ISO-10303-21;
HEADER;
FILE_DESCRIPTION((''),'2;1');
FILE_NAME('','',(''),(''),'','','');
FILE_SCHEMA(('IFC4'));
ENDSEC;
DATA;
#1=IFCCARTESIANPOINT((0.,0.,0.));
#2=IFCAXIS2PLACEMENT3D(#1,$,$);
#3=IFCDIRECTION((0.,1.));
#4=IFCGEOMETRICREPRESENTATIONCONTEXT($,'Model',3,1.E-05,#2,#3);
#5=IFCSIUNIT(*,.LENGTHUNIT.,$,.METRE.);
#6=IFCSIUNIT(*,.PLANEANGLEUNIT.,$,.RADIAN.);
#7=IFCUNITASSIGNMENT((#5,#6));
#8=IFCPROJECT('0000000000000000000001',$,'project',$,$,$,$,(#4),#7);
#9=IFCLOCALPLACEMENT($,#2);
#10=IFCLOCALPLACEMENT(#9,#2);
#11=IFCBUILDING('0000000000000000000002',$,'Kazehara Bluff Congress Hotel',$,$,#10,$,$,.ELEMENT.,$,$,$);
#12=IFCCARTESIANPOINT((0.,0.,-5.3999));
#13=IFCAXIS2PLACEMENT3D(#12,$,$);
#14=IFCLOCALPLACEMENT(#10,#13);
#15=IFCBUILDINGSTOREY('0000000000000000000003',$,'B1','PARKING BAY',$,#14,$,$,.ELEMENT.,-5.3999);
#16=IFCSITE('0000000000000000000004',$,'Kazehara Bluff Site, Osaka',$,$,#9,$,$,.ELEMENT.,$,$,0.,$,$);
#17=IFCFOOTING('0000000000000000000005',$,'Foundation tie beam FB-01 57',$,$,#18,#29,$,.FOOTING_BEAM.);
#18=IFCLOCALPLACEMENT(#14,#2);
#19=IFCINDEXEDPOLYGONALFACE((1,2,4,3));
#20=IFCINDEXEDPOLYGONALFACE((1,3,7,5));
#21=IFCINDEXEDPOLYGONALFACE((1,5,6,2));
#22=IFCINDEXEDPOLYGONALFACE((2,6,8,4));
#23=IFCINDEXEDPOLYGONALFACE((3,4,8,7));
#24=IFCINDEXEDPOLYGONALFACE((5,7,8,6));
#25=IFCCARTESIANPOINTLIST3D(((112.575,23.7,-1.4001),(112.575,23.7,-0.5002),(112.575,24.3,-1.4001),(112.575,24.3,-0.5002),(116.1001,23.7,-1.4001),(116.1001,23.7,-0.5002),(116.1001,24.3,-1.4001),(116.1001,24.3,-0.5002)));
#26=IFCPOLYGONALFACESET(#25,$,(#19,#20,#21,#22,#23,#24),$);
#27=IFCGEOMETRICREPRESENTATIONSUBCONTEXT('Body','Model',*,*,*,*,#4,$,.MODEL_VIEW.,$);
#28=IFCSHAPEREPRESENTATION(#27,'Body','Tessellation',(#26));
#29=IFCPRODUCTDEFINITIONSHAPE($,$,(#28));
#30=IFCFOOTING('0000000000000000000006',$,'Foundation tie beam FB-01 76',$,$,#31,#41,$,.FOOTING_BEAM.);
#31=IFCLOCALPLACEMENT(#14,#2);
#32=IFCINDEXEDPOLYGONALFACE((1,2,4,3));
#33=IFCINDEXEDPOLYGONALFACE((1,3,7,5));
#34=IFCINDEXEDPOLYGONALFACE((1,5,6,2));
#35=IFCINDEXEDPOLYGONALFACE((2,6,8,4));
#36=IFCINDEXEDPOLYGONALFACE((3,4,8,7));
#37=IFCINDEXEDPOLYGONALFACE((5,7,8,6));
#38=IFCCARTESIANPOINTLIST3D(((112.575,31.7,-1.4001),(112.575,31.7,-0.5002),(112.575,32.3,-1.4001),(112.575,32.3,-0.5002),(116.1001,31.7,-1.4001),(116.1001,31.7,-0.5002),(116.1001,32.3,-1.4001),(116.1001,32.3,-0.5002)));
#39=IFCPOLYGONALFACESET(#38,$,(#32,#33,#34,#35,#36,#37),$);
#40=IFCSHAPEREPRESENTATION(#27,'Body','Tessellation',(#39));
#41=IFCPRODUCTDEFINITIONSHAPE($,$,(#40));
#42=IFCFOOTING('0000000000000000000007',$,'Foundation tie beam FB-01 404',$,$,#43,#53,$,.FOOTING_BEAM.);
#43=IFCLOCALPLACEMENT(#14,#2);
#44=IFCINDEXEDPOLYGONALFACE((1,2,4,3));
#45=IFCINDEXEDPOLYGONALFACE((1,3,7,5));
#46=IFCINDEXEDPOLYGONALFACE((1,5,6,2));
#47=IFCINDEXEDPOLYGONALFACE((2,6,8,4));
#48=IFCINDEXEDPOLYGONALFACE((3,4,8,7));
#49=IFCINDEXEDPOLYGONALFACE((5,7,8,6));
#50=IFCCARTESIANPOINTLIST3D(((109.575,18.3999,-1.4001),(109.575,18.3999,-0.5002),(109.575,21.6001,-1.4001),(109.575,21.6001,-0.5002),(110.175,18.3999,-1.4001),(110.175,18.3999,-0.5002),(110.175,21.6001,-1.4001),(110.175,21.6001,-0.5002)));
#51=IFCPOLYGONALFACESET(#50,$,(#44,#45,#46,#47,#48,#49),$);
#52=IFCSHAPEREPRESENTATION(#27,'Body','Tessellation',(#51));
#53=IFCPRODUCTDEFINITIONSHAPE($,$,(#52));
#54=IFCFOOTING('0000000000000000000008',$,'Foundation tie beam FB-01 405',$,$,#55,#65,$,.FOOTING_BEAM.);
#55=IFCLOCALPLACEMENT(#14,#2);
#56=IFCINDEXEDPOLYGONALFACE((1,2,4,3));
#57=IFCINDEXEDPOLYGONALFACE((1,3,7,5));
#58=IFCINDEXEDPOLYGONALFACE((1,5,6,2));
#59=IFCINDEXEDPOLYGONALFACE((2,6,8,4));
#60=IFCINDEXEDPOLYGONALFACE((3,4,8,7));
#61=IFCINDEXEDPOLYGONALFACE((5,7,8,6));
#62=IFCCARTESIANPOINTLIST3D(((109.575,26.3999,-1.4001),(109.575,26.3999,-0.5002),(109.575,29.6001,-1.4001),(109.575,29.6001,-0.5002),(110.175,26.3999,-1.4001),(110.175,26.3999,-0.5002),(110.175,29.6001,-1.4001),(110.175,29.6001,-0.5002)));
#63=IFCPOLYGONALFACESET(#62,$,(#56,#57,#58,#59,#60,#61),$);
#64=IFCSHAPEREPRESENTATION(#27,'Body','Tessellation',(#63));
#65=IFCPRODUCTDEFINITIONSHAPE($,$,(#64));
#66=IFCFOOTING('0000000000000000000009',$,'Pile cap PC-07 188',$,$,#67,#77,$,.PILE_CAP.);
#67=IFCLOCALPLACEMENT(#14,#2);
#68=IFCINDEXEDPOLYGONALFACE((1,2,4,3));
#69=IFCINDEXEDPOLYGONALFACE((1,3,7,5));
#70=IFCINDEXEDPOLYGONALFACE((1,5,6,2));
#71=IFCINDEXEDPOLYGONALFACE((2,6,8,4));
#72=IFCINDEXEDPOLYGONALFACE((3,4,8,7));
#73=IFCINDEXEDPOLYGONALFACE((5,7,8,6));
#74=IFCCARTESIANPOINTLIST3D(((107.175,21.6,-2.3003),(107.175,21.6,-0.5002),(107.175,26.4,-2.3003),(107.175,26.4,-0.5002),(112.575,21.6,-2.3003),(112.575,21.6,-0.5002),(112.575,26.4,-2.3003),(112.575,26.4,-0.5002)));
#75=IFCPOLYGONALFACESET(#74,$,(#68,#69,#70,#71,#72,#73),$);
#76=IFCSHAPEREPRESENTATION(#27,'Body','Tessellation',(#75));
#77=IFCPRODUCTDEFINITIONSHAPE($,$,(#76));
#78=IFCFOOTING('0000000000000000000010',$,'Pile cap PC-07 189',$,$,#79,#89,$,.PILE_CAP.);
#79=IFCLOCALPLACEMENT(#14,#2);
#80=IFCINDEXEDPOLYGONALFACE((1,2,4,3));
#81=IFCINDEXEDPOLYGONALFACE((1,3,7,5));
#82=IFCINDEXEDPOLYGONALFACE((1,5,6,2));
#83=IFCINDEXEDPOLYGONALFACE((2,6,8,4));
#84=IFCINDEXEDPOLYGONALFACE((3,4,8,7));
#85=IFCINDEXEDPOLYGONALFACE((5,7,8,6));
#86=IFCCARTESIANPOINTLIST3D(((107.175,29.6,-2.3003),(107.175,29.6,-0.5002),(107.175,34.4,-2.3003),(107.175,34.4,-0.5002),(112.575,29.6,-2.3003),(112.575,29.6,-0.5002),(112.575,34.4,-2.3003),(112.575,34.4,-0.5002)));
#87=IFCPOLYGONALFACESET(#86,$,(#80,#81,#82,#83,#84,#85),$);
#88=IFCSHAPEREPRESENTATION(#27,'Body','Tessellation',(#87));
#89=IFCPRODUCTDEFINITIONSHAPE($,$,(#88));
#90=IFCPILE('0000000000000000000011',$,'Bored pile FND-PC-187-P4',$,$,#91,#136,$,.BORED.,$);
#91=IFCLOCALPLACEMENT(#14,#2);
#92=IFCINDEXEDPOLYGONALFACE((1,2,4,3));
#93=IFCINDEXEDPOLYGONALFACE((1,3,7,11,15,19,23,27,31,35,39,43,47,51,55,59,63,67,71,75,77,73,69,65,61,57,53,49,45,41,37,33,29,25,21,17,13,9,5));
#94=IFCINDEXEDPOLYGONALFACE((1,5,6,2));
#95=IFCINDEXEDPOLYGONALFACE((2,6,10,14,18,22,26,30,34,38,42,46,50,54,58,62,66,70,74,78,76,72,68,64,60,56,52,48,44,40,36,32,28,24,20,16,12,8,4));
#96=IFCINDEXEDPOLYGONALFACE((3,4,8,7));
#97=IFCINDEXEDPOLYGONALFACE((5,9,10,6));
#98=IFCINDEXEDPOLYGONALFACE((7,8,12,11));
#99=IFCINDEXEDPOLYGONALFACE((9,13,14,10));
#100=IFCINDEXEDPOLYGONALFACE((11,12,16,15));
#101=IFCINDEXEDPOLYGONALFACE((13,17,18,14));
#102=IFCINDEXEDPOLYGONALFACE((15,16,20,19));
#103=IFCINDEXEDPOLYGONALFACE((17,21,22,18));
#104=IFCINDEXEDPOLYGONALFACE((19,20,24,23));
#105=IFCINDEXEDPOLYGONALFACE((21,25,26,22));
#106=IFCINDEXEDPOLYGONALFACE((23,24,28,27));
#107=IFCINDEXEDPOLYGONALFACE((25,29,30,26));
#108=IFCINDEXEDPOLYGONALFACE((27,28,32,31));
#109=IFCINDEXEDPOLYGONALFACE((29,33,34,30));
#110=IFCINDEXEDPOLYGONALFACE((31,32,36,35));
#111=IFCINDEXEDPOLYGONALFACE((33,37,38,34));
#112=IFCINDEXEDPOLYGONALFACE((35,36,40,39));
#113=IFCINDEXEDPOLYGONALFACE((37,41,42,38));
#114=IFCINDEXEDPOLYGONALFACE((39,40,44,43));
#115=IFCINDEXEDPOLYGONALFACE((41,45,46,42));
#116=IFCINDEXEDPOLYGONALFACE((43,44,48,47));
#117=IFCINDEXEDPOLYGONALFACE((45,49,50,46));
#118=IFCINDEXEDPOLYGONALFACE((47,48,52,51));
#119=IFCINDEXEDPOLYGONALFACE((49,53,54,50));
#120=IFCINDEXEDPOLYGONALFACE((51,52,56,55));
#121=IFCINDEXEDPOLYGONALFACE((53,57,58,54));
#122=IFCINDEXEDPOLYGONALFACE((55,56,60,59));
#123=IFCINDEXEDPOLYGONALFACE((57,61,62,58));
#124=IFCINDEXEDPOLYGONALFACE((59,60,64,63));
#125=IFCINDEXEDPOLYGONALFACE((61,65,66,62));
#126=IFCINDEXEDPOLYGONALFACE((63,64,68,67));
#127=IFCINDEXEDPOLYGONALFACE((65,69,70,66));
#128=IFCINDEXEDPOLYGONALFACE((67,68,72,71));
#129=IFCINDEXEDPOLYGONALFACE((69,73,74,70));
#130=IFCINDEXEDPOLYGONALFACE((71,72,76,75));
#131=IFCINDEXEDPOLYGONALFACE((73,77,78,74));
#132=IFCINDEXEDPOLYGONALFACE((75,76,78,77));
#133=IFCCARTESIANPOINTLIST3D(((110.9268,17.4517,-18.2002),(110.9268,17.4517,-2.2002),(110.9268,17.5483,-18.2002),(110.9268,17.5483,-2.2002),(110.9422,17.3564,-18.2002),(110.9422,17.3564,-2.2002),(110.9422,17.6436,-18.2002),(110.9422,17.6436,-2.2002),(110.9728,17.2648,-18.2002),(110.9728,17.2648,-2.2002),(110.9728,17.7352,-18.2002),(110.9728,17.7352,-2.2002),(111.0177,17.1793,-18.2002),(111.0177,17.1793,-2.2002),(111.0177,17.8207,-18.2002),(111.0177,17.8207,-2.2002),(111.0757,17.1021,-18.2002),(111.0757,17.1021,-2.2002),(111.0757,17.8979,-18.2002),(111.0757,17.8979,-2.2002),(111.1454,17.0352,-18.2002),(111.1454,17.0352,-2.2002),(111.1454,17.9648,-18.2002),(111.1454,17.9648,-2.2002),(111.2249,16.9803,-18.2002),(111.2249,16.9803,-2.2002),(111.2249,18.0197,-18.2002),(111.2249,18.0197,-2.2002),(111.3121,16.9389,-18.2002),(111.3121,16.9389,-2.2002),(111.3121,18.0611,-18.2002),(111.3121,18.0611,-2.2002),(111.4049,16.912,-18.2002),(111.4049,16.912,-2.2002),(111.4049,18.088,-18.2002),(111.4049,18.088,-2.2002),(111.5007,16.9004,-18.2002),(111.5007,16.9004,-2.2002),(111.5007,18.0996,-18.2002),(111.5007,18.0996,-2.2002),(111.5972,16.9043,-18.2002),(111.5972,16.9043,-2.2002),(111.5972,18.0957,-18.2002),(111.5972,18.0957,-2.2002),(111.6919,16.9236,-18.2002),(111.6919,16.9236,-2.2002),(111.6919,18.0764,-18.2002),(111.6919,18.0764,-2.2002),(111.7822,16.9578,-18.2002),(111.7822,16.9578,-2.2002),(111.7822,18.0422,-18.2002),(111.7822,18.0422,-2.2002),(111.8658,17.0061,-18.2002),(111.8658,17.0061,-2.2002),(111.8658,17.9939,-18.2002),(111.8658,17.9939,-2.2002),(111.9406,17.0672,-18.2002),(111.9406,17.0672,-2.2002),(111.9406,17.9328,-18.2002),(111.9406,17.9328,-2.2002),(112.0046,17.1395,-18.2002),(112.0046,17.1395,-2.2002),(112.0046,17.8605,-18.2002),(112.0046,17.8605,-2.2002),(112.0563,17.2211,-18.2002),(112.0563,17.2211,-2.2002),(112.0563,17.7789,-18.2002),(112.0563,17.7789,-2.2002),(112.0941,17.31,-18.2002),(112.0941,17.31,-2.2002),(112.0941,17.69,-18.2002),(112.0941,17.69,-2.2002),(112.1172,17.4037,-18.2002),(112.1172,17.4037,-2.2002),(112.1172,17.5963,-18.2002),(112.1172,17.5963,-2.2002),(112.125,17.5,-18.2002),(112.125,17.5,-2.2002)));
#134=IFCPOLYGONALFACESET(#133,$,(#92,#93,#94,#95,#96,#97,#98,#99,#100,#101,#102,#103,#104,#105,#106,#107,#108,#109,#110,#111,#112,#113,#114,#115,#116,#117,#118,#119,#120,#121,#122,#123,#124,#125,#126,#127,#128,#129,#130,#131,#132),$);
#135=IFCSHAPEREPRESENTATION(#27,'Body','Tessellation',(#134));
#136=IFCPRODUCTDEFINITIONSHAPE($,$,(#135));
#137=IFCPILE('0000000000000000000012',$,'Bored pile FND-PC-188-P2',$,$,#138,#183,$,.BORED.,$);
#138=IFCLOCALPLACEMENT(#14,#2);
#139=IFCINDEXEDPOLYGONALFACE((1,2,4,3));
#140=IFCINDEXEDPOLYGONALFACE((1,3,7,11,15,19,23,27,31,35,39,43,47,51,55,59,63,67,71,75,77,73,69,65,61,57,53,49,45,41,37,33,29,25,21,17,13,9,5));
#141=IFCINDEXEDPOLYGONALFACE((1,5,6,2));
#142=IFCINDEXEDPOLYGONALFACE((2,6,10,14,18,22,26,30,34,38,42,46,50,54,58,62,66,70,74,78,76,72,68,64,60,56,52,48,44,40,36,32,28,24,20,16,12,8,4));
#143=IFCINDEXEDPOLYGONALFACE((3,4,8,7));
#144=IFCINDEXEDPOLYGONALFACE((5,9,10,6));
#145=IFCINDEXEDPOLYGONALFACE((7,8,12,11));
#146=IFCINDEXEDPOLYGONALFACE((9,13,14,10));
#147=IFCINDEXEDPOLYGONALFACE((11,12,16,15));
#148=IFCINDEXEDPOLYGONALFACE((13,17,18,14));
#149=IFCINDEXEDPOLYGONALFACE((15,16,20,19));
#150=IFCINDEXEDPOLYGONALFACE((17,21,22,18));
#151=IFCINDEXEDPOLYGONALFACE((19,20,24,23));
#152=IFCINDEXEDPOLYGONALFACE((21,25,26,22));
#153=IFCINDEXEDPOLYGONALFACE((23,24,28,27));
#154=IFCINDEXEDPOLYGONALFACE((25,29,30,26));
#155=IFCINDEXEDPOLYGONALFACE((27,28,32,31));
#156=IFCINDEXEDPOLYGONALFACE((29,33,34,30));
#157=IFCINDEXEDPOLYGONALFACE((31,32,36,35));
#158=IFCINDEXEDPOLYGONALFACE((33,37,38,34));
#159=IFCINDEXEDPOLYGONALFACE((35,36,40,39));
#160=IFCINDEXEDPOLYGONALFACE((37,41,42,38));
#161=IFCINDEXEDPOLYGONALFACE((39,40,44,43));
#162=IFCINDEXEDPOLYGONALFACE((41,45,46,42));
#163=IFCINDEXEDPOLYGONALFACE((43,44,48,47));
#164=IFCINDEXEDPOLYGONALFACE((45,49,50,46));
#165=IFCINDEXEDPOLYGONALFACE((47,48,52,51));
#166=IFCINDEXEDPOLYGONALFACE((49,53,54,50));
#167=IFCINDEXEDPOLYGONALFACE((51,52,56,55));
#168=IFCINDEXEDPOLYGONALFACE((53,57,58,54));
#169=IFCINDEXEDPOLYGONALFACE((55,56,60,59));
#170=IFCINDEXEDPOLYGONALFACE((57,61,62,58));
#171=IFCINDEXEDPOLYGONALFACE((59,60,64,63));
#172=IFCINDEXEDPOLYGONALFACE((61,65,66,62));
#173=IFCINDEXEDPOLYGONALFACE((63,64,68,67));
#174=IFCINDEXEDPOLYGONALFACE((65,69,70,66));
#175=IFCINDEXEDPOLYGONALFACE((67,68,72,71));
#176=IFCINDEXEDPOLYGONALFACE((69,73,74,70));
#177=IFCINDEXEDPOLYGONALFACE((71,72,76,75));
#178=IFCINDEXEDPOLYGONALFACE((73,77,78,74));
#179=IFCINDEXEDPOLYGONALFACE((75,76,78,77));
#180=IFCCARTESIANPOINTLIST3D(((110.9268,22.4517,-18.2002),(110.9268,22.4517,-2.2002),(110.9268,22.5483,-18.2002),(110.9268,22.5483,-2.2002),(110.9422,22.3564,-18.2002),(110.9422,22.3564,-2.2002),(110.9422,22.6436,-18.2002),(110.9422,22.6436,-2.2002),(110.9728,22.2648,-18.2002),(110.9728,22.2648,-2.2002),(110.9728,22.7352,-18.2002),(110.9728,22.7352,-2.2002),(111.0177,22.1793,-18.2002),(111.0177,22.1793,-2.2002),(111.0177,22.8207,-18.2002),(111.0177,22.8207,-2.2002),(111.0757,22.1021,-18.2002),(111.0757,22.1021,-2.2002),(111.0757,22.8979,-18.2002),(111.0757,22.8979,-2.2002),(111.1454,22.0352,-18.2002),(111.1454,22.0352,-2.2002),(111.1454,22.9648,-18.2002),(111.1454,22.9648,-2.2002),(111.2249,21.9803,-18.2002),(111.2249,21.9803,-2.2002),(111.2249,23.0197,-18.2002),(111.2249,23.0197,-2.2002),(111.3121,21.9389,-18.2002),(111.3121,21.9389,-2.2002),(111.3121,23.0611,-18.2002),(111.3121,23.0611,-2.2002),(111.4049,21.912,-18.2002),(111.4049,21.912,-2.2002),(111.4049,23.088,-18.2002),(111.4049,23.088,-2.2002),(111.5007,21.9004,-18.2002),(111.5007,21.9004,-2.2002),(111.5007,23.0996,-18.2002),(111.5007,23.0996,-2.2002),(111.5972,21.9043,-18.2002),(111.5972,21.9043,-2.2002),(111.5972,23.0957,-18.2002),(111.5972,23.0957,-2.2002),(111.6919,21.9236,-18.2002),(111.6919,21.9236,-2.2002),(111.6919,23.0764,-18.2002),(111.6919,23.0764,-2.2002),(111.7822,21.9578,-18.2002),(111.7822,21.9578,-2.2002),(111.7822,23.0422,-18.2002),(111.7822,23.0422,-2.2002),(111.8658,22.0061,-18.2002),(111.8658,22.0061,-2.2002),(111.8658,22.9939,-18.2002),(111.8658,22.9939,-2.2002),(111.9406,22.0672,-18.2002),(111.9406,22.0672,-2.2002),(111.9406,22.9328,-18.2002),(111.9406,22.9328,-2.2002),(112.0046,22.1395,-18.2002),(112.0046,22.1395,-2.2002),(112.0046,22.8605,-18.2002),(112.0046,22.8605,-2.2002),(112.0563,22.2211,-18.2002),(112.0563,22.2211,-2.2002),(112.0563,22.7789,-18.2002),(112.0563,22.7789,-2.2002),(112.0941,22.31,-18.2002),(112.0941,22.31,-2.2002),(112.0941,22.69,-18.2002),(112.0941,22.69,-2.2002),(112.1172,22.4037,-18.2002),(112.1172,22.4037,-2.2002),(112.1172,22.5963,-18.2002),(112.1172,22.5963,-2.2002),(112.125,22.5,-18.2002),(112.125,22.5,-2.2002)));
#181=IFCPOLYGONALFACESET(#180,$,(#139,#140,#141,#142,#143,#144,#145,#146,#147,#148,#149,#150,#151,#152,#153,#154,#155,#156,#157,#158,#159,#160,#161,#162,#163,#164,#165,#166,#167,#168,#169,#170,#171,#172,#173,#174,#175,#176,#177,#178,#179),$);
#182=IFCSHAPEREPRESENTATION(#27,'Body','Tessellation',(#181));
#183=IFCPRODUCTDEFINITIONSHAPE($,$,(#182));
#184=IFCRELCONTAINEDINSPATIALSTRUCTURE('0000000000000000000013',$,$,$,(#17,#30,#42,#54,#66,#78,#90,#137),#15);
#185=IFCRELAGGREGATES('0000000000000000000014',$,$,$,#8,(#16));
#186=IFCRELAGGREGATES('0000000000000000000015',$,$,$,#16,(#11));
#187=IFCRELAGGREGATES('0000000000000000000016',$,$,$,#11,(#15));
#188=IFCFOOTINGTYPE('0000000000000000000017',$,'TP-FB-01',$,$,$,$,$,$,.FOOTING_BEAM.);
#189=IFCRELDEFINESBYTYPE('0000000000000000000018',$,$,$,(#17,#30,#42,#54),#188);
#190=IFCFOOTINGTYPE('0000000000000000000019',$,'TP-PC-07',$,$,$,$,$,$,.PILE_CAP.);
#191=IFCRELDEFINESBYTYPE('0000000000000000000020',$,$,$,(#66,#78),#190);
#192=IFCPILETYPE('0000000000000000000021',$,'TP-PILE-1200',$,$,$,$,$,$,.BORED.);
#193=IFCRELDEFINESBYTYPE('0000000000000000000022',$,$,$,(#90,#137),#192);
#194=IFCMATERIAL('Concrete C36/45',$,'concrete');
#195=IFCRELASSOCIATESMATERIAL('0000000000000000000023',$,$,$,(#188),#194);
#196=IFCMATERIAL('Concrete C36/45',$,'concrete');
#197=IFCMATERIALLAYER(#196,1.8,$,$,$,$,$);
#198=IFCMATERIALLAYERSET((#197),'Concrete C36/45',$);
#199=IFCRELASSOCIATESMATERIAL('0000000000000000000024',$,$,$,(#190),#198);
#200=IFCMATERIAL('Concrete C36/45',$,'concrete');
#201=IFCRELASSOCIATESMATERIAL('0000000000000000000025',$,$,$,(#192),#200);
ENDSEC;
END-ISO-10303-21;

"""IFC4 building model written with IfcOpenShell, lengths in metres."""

from ifc_helpers import new_model, si_unit, direction, frame, origin, origin_2d, place, context, subcontext, project, spatial, rectangle, circle, extrude, material, layer, layer_set, material_profile, profile_set, type_object, element, save


model = new_model("IFC4")

# Units and contexts
model_context = context("Model", 3, precision=1e-05, world=origin(), true_north=direction((0.0, 1.0)))
body_context = subcontext(model_context, "Body", "Model", "MODEL_VIEW")
ifc_project = project(units=[si_unit("LENGTHUNIT", "METRE"), si_unit("PLANEANGLEUNIT", "RADIAN")], contexts=[model_context])

# Site, building, storey
site_placement = place(None, origin())
site = spatial("IfcSite", under=ifc_project, at=site_placement, Name="Kazehara Bluff Site, Osaka", CompositionType="ELEMENT", RefElevation=0.0)
building_placement = place(site_placement, origin())
building = spatial("IfcBuilding", under=site, at=building_placement, Name="Kazehara Bluff Congress Hotel", CompositionType="ELEMENT")
storey_placement = place(building_placement, frame((0.0, 0.0, -5.3999)))
storey = spatial("IfcBuildingStorey", under=building, at=storey_placement, Name="B1", Description="PARKING BAY", CompositionType="ELEMENT", Elevation=-5.3999)

# Footings
ifc_material_1 = material(Name="Concrete C36/45", Category="concrete")
ifc_material_profile_1 = material_profile(ifc_material_1, rectangle(XDim=0.6001, YDim=0.8999, at=origin_2d()))
ifc_profile_set_1 = profile_set([ifc_material_profile_1], Name="Concrete C36/45")
footing_type_1 = type_object("IfcFootingType", Name="TP-FB-01", PredefinedType="FOOTING_BEAM", material=ifc_profile_set_1)
for number, where, z_axis, x_axis, name in (
    (1, (112.575, 24.0, -0.9502), (1.0, 0.0, 0.0), (0.0, 1.0, 0.0), "Foundation tie beam FB-01 57"),
    (2, (112.575, 32.0, -0.9502), (1.0, 0.0, 0.0), (0.0, 1.0, 0.0), "Foundation tie beam FB-01 76"),
):
    element("IfcFooting", number, at=place(storey_placement, frame(where, z_axis=z_axis, x_axis=x_axis)), inside=storey, type_object=footing_type_1, Name=name, PredefinedType="FOOTING_BEAM", context=body_context, shape_type="SweptSolid", body=[
        extrude(rectangle(XDim=0.6001, YDim=0.8999, at=origin_2d()), origin(), (0.0, 0.0, 1.0), 3.5251),
    ])
for number, where, z_axis, x_axis, name in (
    (3, (109.875, 18.3999, -0.9502), (0.0, 1.0, 0.0), (-1.0, 0.0, 0.0), "Foundation tie beam FB-01 404"),
    (4, (109.875, 26.3999, -0.9502), (0.0, 1.0, 0.0), (-1.0, 0.0, 0.0), "Foundation tie beam FB-01 405"),
):
    element("IfcFooting", number, at=place(storey_placement, frame(where, z_axis=z_axis, x_axis=x_axis)), inside=storey, type_object=footing_type_1, Name=name, PredefinedType="FOOTING_BEAM", context=body_context, shape_type="SweptSolid", body=[
        extrude(rectangle(XDim=0.6001, YDim=0.8999, at=origin_2d()), origin(), (0.0, 0.0, 1.0), 3.2002),
    ])
ifc_material_2 = material(Name="Concrete C36/45", Category="concrete")
ifc_layer = layer(ifc_material_2, 1.8)
ifc_layer_set = layer_set([ifc_layer], Name="Concrete C36/45")
footing_type_2 = type_object("IfcFootingType", Name="TP-PC-07", PredefinedType="PILE_CAP", material=ifc_layer_set)
for number, where, z_axis, x_axis, name in (
    (5, (109.875, 24.0, -2.3003), (0.0, 0.0, 1.0), (1.0, 0.0, 0.0), "Pile cap PC-07 188"),
    (6, (109.875, 32.0, -2.3003), (0.0, 0.0, 1.0), (1.0, 0.0, 0.0), "Pile cap PC-07 189"),
):
    element("IfcFooting", number, at=place(storey_placement, frame(where, z_axis=z_axis, x_axis=x_axis)), inside=storey, type_object=footing_type_2, Name=name, PredefinedType="PILE_CAP", context=body_context, shape_type="SweptSolid", body=[
        extrude(rectangle(XDim=5.3999, YDim=4.8, at=origin_2d()), origin(), (0.0, 0.0, 1.0), 1.8),
    ])

# Piles
ifc_material_3 = material(Name="Concrete C36/45", Category="concrete")
ifc_material_profile_2 = material_profile(ifc_material_3, circle(Radius=0.6001, at=origin_2d()))
ifc_profile_set_2 = profile_set([ifc_material_profile_2], Name="Concrete C36/45")
pile_type = type_object("IfcPileType", Name="TP-PILE-1200", PredefinedType="BORED", material=ifc_profile_set_2)
for number, where, z_axis, x_axis, name in (
    (7, (111.5249, 17.5, -2.2002), (0.0, 0.0, -1.0), (1.0, 0.0, 0.0), "Bored pile FND-PC-187-P4"),
    (8, (111.5249, 22.5, -2.2002), (0.0, 0.0, -1.0), (1.0, 0.0, 0.0), "Bored pile FND-PC-188-P2"),
):
    element("IfcPile", number, at=place(storey_placement, frame(where, z_axis=z_axis, x_axis=x_axis)), inside=storey, type_object=pile_type, Name=name, PredefinedType="BORED", context=body_context, shape_type="SweptSolid", body=[
        extrude(circle(Radius=0.6001, at=origin_2d()), origin(), (0.0, 0.0, 1.0), 16.0),
    ])

save(model, "model.ifc")
